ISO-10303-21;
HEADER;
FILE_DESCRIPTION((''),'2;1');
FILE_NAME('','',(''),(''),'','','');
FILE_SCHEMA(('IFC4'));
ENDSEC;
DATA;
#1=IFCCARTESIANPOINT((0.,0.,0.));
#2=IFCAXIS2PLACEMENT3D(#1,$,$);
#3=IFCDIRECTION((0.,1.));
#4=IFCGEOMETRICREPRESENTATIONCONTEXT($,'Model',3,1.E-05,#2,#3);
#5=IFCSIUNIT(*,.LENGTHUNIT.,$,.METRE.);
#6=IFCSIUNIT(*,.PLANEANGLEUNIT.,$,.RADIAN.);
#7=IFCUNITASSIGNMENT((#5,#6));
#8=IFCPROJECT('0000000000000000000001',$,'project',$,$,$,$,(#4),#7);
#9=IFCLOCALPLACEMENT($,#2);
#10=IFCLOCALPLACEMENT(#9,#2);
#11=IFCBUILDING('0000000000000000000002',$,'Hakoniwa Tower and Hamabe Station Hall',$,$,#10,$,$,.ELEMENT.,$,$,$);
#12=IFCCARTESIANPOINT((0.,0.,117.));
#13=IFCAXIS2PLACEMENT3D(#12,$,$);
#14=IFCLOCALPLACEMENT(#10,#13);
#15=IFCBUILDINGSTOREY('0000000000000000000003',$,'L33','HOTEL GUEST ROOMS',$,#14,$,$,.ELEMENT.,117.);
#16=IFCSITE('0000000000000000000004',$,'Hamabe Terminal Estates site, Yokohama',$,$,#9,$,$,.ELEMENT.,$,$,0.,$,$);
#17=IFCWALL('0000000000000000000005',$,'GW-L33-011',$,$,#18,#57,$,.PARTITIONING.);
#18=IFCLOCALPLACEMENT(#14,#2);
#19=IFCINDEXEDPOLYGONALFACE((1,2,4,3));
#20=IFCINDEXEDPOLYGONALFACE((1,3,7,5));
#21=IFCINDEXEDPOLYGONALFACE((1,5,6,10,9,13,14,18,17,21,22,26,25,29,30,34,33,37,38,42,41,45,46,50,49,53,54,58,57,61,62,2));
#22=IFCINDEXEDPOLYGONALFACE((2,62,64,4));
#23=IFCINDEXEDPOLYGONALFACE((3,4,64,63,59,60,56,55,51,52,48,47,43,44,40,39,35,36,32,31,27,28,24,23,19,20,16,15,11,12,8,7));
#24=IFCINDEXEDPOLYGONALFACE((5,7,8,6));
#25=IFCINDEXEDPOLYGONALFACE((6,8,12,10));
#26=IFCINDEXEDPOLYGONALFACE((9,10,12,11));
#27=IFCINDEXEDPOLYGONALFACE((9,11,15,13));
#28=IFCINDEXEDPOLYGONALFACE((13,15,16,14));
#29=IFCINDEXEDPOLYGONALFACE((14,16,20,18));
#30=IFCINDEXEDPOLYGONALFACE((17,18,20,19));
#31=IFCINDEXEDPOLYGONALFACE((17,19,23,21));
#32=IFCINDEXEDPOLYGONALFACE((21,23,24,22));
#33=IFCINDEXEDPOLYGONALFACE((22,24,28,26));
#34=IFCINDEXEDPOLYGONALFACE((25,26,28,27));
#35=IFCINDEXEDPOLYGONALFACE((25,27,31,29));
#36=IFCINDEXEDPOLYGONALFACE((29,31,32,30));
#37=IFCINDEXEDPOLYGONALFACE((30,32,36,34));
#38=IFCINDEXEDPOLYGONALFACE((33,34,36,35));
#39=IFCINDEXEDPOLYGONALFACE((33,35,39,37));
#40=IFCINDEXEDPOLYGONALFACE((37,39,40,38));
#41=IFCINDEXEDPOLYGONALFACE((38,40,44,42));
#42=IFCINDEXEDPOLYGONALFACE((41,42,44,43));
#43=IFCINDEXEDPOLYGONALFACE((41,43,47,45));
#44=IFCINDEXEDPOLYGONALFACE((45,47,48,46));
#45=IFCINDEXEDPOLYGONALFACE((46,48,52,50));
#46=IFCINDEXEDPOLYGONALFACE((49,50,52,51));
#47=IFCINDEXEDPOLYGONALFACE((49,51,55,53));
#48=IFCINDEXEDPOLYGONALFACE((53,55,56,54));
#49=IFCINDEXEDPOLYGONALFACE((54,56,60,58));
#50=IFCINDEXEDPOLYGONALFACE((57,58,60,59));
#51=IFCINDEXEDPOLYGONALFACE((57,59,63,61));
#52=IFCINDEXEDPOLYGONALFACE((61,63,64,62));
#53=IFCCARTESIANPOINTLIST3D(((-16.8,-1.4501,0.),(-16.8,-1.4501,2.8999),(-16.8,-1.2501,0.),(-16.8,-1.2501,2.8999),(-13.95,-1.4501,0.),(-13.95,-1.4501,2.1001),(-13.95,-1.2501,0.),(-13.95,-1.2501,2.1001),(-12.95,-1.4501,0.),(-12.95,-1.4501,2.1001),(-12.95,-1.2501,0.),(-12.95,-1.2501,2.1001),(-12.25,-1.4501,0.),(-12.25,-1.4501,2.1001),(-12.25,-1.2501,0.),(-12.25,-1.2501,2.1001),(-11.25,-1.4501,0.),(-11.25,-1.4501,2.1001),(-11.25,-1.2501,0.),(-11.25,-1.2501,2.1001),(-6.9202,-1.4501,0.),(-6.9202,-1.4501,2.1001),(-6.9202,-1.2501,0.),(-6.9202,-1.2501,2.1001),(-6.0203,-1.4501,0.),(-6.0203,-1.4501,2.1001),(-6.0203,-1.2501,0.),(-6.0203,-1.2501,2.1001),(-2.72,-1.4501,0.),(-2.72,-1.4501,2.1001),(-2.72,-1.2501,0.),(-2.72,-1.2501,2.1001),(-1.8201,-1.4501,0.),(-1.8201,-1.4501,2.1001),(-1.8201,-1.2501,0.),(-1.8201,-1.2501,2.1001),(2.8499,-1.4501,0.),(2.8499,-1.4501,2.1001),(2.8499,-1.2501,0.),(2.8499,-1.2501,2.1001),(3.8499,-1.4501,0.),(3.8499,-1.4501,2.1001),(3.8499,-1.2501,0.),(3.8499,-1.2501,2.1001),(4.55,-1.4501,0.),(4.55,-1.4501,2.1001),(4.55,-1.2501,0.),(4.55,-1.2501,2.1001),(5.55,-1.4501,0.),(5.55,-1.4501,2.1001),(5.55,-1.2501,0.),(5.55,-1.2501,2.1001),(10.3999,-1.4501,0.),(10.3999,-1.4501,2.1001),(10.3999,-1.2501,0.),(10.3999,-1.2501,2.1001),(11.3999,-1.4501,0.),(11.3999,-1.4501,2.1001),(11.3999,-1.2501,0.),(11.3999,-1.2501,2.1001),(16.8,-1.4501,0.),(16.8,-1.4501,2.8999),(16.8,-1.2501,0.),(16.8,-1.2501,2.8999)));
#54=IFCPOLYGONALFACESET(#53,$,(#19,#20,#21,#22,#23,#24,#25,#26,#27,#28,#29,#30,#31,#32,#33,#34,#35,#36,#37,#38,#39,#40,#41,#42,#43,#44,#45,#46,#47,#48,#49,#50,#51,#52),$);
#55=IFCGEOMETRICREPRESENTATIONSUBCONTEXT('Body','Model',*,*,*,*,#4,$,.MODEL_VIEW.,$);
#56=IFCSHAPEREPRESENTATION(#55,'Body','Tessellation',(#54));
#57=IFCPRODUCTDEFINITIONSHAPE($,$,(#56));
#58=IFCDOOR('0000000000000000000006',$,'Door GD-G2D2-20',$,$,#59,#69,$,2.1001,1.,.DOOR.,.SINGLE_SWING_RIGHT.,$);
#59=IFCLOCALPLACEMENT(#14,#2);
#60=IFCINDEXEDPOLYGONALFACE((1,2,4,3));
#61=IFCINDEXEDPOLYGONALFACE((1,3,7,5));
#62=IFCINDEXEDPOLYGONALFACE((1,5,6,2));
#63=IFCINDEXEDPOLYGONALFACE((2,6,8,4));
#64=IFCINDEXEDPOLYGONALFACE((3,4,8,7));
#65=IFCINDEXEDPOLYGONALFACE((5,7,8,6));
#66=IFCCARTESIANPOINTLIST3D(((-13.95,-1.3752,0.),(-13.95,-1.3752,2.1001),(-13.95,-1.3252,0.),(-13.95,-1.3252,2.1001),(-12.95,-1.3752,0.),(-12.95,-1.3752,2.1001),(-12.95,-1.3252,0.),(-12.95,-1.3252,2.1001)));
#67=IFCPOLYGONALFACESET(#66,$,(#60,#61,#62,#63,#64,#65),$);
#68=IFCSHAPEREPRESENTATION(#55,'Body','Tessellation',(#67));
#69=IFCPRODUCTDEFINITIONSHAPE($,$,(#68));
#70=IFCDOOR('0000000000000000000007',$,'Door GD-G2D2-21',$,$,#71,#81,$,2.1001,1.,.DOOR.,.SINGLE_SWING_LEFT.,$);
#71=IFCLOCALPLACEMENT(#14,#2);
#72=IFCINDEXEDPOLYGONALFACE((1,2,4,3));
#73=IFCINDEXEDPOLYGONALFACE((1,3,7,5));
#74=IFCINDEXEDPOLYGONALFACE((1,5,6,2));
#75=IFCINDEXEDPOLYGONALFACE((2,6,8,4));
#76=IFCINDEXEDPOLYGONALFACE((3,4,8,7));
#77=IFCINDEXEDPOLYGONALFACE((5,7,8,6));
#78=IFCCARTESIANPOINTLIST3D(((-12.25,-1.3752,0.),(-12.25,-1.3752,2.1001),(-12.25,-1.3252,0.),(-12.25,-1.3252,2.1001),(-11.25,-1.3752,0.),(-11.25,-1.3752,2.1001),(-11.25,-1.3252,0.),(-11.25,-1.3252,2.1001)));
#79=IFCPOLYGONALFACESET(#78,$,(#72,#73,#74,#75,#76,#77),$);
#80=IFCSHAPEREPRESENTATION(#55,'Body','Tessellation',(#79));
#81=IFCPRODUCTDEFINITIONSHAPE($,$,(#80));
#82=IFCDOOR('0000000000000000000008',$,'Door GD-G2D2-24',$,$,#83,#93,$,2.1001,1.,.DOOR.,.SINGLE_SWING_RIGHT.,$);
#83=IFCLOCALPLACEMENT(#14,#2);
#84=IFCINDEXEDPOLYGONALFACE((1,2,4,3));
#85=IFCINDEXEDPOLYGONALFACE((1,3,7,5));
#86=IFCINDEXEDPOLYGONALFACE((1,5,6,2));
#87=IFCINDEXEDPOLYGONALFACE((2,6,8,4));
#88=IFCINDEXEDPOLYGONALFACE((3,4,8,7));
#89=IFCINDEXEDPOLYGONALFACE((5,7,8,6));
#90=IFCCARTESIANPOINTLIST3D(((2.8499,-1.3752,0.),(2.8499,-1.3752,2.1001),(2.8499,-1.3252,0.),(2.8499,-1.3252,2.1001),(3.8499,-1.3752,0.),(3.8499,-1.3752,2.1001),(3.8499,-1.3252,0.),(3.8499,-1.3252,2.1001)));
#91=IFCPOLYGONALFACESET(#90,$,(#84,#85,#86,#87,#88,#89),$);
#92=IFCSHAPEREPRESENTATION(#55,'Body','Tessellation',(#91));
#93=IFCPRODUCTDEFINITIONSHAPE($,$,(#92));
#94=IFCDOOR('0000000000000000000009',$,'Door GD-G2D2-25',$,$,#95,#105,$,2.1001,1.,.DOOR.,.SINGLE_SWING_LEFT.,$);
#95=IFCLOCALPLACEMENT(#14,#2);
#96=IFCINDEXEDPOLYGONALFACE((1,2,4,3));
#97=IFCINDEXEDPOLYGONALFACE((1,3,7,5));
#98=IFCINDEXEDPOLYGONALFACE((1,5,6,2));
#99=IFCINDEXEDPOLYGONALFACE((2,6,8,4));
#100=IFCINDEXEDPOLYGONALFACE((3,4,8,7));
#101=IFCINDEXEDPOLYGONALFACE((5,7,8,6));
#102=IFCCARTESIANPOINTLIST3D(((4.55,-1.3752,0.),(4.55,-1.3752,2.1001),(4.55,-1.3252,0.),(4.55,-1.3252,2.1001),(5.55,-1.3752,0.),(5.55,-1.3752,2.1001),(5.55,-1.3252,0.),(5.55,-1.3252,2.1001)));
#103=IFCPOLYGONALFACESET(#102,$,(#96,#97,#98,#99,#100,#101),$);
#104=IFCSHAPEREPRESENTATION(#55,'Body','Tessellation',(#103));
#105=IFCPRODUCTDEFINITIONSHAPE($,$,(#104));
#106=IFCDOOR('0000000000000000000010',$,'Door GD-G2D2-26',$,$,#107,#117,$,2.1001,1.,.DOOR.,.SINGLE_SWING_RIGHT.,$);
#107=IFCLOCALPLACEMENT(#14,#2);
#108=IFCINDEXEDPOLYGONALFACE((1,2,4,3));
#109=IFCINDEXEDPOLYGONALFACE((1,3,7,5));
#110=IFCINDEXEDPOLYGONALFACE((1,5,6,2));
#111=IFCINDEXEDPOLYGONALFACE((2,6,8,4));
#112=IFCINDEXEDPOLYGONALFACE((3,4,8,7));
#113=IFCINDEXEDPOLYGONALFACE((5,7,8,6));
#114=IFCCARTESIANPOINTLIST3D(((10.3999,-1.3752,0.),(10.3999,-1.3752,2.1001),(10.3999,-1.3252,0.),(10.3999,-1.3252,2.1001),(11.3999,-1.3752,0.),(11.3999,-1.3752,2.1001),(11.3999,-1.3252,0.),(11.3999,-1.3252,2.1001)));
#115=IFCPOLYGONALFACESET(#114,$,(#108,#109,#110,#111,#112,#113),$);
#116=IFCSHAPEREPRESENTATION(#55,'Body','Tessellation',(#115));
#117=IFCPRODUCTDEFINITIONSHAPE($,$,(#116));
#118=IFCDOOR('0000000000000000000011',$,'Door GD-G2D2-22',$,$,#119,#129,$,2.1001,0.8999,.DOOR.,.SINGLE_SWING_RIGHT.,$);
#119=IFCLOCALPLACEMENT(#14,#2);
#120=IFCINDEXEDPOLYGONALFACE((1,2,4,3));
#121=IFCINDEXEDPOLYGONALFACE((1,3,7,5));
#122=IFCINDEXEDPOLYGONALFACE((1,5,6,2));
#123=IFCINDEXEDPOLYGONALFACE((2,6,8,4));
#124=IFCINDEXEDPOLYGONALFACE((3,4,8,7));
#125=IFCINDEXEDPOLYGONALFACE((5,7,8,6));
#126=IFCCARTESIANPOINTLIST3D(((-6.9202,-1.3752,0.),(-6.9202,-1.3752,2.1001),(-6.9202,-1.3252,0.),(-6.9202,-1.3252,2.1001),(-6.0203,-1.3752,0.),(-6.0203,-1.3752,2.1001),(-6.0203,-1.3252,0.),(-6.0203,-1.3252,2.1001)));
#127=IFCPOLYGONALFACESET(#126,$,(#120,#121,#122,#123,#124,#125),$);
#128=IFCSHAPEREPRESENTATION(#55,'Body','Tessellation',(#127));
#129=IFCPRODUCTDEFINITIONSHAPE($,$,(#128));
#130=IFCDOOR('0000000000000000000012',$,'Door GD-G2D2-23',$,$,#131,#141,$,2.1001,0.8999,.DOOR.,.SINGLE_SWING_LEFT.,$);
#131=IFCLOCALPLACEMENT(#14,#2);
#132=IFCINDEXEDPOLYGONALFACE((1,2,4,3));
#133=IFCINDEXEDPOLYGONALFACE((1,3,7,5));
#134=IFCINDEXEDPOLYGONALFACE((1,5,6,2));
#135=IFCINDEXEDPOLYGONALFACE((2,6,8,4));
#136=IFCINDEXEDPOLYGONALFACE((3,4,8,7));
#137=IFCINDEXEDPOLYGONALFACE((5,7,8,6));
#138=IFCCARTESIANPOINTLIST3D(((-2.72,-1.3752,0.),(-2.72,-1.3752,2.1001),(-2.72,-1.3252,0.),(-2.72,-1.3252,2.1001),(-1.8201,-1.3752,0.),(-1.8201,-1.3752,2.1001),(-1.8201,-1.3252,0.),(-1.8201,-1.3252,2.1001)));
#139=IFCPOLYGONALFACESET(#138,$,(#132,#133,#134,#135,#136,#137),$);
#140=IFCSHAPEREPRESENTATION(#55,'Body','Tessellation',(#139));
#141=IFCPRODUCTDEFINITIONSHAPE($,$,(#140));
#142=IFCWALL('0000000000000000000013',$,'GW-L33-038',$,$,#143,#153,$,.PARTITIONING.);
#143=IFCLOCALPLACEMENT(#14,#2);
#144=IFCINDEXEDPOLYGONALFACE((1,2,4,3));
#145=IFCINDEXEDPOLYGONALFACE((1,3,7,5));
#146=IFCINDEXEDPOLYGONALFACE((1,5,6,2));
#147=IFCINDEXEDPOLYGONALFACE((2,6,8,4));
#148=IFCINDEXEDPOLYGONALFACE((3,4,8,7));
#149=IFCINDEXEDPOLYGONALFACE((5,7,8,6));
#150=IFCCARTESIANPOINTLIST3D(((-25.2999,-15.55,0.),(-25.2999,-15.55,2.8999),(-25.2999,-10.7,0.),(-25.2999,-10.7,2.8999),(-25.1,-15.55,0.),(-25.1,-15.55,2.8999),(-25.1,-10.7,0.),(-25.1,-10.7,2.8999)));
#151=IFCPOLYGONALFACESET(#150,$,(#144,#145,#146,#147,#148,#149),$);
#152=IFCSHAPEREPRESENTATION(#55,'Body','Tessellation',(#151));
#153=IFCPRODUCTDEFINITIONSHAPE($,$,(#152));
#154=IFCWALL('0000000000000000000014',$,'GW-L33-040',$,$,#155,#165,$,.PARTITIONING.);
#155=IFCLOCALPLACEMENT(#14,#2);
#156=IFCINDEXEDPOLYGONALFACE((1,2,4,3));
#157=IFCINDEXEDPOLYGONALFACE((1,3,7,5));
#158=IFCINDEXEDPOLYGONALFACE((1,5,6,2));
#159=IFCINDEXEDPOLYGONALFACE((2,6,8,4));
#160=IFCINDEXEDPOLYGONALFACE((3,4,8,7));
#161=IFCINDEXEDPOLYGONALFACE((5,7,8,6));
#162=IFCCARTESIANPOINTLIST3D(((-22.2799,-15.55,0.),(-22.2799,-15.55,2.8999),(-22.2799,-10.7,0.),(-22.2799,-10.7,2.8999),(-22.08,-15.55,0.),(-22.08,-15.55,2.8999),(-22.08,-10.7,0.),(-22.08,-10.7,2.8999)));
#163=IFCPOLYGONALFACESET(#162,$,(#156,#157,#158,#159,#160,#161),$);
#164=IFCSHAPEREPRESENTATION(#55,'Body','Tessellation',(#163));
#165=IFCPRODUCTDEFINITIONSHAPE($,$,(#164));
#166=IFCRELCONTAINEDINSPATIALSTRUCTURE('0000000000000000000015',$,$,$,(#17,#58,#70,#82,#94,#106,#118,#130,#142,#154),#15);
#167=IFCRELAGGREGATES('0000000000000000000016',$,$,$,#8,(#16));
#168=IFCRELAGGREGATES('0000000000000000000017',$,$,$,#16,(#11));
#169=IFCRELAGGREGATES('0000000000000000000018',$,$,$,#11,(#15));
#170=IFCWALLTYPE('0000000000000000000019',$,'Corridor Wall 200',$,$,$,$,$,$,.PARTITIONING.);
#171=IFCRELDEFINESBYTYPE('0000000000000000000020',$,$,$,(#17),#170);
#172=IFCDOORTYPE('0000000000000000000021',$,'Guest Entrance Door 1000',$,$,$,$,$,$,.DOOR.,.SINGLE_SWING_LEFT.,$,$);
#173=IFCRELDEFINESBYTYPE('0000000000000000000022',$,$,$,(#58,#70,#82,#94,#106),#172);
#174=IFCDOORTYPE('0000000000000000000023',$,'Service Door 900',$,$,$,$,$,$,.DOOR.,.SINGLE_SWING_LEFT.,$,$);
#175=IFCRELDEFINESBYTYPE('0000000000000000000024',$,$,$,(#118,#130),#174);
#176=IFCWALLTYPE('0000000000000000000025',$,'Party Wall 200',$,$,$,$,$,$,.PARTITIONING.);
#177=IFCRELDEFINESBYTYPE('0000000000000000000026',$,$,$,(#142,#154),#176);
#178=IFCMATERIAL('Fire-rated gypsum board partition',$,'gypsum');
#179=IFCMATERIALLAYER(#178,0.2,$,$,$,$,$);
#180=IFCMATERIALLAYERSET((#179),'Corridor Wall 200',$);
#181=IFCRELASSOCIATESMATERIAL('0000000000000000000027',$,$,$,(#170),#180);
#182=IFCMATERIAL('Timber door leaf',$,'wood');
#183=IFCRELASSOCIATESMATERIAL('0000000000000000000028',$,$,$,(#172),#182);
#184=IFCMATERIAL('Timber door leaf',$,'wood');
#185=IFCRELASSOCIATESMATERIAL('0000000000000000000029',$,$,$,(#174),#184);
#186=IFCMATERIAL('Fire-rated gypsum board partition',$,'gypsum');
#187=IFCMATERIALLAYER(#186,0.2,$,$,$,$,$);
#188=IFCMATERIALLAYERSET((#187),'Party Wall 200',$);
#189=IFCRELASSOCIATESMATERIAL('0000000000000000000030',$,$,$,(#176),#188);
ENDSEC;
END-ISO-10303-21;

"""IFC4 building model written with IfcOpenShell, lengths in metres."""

from ifc_helpers import new_model, si_unit, direction, frame, frame_2d, origin, place, context, subcontext, project, spatial, rectangle, extrude, material, layer, layer_set, type_object, element, fill, save


model = new_model("IFC4")

# Units and contexts
model_context = context("Model", 3, precision=1e-05, world=origin(), true_north=direction((0.0, 1.0)))
body_context = subcontext(model_context, "Body", "Model", "MODEL_VIEW")
ifc_project = project(units=[si_unit("LENGTHUNIT", "METRE"), si_unit("PLANEANGLEUNIT", "RADIAN")], contexts=[model_context])

# Site, building, storey
site_placement = place(None, origin())
site = spatial("IfcSite", under=ifc_project, at=site_placement, Name="Hamabe Terminal Estates site, Yokohama", CompositionType="ELEMENT", RefElevation=0.0)
building_placement = place(site_placement, origin())
building = spatial("IfcBuilding", under=site, at=building_placement, Name="Hakoniwa Tower and Hamabe Station Hall", CompositionType="ELEMENT")
storey_placement = place(building_placement, frame((0.0, 0.0, 117.0)))
storey = spatial("IfcBuildingStorey", under=building, at=storey_placement, Name="L33", Description="HOTEL GUEST ROOMS", CompositionType="ELEMENT", Elevation=117.0)

# Wall, openings, doors
ifc_material_1 = material(Name="Fire-rated gypsum board partition", Category="gypsum")
ifc_layer_1 = layer(ifc_material_1, 0.2)
ifc_layer_set_1 = layer_set([ifc_layer_1], Name="Corridor Wall 200")
wall_type_1 = type_object("IfcWallType", Name="Corridor Wall 200", PredefinedType="PARTITIONING", material=ifc_layer_set_1)
wall_1_placement = place(storey_placement, frame((-16.8, -1.3501, 0.0), z_axis=(0.0, 0.0, 1.0), x_axis=(1.0, 0.0, 0.0)))
wall_1 = element("IfcWall", 1, at=wall_1_placement, inside=storey, type_object=wall_type_1, Name="GW-L33-011", PredefinedType="PARTITIONING", context=body_context, shape_type="SweptSolid", body=[
    extrude(rectangle(XDim=33.6001, YDim=0.2, at=frame_2d((16.8, 0.0))), origin(), (0.0, 0.0, 1.0), 2.8999),
])
opening_1_placement = place(wall_1_placement, frame((2.8501, 0.0, 0.0)))
opening_1 = element("IfcOpeningElement", 2, at=opening_1_placement, cuts=wall_1, PredefinedType="OPENING", context=body_context, shape_type="SweptSolid", body=[
    extrude(rectangle(XDim=1.0, YDim=2.1001, at=frame_2d((0.5, 1.05))), frame((0.0, 0.1099, 0.0), z_axis=(0.0, -1.0, 0.0), x_axis=(1.0, 0.0, 0.0)), (0.0, 0.0, 1.0), 0.22),
])
opening_2_placement = place(wall_1_placement, frame((4.55, 0.0, 0.0)))
opening_2 = element("IfcOpeningElement", 3, at=opening_2_placement, cuts=wall_1, PredefinedType="OPENING", context=body_context, shape_type="SweptSolid", body=[
    extrude(rectangle(XDim=1.0, YDim=2.1001, at=frame_2d((0.5, 1.05))), frame((0.0, 0.1099, 0.0), z_axis=(0.0, -1.0, 0.0), x_axis=(1.0, 0.0, 0.0)), (0.0, 0.0, 1.0), 0.22),
])
opening_3_placement = place(wall_1_placement, frame((9.8799, 0.0, 0.0)))
opening_3 = element("IfcOpeningElement", 4, at=opening_3_placement, cuts=wall_1, PredefinedType="OPENING", context=body_context, shape_type="SweptSolid", body=[
    extrude(rectangle(XDim=0.8999, YDim=2.1001, at=frame_2d((0.45, 1.05))), frame((0.0, 0.1099, 0.0), z_axis=(0.0, -1.0, 0.0), x_axis=(1.0, 0.0, 0.0)), (0.0, 0.0, 1.0), 0.22),
])
opening_4_placement = place(wall_1_placement, frame((14.0801, 0.0, 0.0)))
opening_4 = element("IfcOpeningElement", 5, at=opening_4_placement, cuts=wall_1, PredefinedType="OPENING", context=body_context, shape_type="SweptSolid", body=[
    extrude(rectangle(XDim=0.8999, YDim=2.1001, at=frame_2d((0.45, 1.05))), frame((0.0, 0.1099, 0.0), z_axis=(0.0, -1.0, 0.0), x_axis=(1.0, 0.0, 0.0)), (0.0, 0.0, 1.0), 0.22),
])
opening_5_placement = place(wall_1_placement, frame((19.6499, 0.0, 0.0)))
opening_5 = element("IfcOpeningElement", 6, at=opening_5_placement, cuts=wall_1, PredefinedType="OPENING", context=body_context, shape_type="SweptSolid", body=[
    extrude(rectangle(XDim=1.0, YDim=2.1001, at=frame_2d((0.5, 1.05))), frame((0.0, 0.1099, 0.0), z_axis=(0.0, -1.0, 0.0), x_axis=(1.0, 0.0, 0.0)), (0.0, 0.0, 1.0), 0.22),
])
opening_6_placement = place(wall_1_placement, frame((21.3501, 0.0, 0.0)))
opening_6 = element("IfcOpeningElement", 7, at=opening_6_placement, cuts=wall_1, PredefinedType="OPENING", context=body_context, shape_type="SweptSolid", body=[
    extrude(rectangle(XDim=1.0, YDim=2.1001, at=frame_2d((0.5, 1.05))), frame((0.0, 0.1099, 0.0), z_axis=(0.0, -1.0, 0.0), x_axis=(1.0, 0.0, 0.0)), (0.0, 0.0, 1.0), 0.22),
])
opening_7_placement = place(wall_1_placement, frame((27.2, 0.0, 0.0)))
opening_7 = element("IfcOpeningElement", 8, at=opening_7_placement, cuts=wall_1, PredefinedType="OPENING", context=body_context, shape_type="SweptSolid", body=[
    extrude(rectangle(XDim=1.0, YDim=2.1001, at=frame_2d((0.5, 1.05))), frame((0.0, 0.1099, 0.0), z_axis=(0.0, -1.0, 0.0), x_axis=(1.0, 0.0, 0.0)), (0.0, 0.0, 1.0), 0.22),
])
ifc_material_2 = material(Name="Timber door leaf", Category="wood")
door_type_1 = type_object("IfcDoorType", Name="Guest Entrance Door 1000", OperationType="SINGLE_SWING_LEFT", PredefinedType="DOOR", material=ifc_material_2)
door_1_placement = place(opening_1_placement, origin())
door_1 = element("IfcDoor", 9, at=door_1_placement, inside=storey, type_object=door_type_1, Name="Door GD-G2D2-20", OperationType="SINGLE_SWING_RIGHT", OverallHeight=2.1001, OverallWidth=1.0, PredefinedType="DOOR", context=body_context, shape_type="SweptSolid", body=[
    extrude(rectangle(XDim=1.0, YDim=2.1001, at=frame_2d((0.5, 1.05))), frame((0.0, 0.0249, 0.0), z_axis=(0.0, -1.0, 0.0), x_axis=(1.0, 0.0, 0.0)), (0.0, 0.0, 1.0), 0.05),
])
fill(opening_1, door_1)
door_2_placement = place(opening_2_placement, origin())
door_2 = element("IfcDoor", 10, at=door_2_placement, inside=storey, type_object=door_type_1, Name="Door GD-G2D2-21", OperationType="SINGLE_SWING_LEFT", OverallHeight=2.1001, OverallWidth=1.0, PredefinedType="DOOR", context=body_context, shape_type="SweptSolid", body=[
    extrude(rectangle(XDim=1.0, YDim=2.1001, at=frame_2d((0.5, 1.05))), frame((0.0, 0.0249, 0.0), z_axis=(0.0, -1.0, 0.0), x_axis=(1.0, 0.0, 0.0)), (0.0, 0.0, 1.0), 0.05),
])
fill(opening_2, door_2)
door_3_placement = place(opening_5_placement, origin())
door_3 = element("IfcDoor", 11, at=door_3_placement, inside=storey, type_object=door_type_1, Name="Door GD-G2D2-24", OperationType="SINGLE_SWING_RIGHT", OverallHeight=2.1001, OverallWidth=1.0, PredefinedType="DOOR", context=body_context, shape_type="SweptSolid", body=[
    extrude(rectangle(XDim=1.0, YDim=2.1001, at=frame_2d((0.5, 1.05))), frame((0.0, 0.0249, 0.0), z_axis=(0.0, -1.0, 0.0), x_axis=(1.0, 0.0, 0.0)), (0.0, 0.0, 1.0), 0.05),
])
fill(opening_5, door_3)
door_4_placement = place(opening_6_placement, origin())
door_4 = element("IfcDoor", 12, at=door_4_placement, inside=storey, type_object=door_type_1, Name="Door GD-G2D2-25", OperationType="SINGLE_SWING_LEFT", OverallHeight=2.1001, OverallWidth=1.0, PredefinedType="DOOR", context=body_context, shape_type="SweptSolid", body=[
    extrude(rectangle(XDim=1.0, YDim=2.1001, at=frame_2d((0.5, 1.05))), frame((0.0, 0.0249, 0.0), z_axis=(0.0, -1.0, 0.0), x_axis=(1.0, 0.0, 0.0)), (0.0, 0.0, 1.0), 0.05),
])
fill(opening_6, door_4)
door_5_placement = place(opening_7_placement, origin())
door_5 = element("IfcDoor", 13, at=door_5_placement, inside=storey, type_object=door_type_1, Name="Door GD-G2D2-26", OperationType="SINGLE_SWING_RIGHT", OverallHeight=2.1001, OverallWidth=1.0, PredefinedType="DOOR", context=body_context, shape_type="SweptSolid", body=[
    extrude(rectangle(XDim=1.0, YDim=2.1001, at=frame_2d((0.5, 1.05))), frame((0.0, 0.0249, 0.0), z_axis=(0.0, -1.0, 0.0), x_axis=(1.0, 0.0, 0.0)), (0.0, 0.0, 1.0), 0.05),
])
fill(opening_7, door_5)
ifc_material_3 = material(Name="Timber door leaf", Category="wood")
door_type_2 = type_object("IfcDoorType", Name="Service Door 900", OperationType="SINGLE_SWING_LEFT", PredefinedType="DOOR", material=ifc_material_3)
door_6_placement = place(opening_3_placement, origin())
door_6 = element("IfcDoor", 14, at=door_6_placement, inside=storey, type_object=door_type_2, Name="Door GD-G2D2-22", OperationType="SINGLE_SWING_RIGHT", OverallHeight=2.1001, OverallWidth=0.8999, PredefinedType="DOOR", context=body_context, shape_type="SweptSolid", body=[
    extrude(rectangle(XDim=0.8999, YDim=2.1001, at=frame_2d((0.45, 1.05))), frame((0.0, 0.0249, 0.0), z_axis=(0.0, -1.0, 0.0), x_axis=(1.0, 0.0, 0.0)), (0.0, 0.0, 1.0), 0.05),
])
fill(opening_3, door_6)
door_7_placement = place(opening_4_placement, origin())
door_7 = element("IfcDoor", 15, at=door_7_placement, inside=storey, type_object=door_type_2, Name="Door GD-G2D2-23", OperationType="SINGLE_SWING_LEFT", OverallHeight=2.1001, OverallWidth=0.8999, PredefinedType="DOOR", context=body_context, shape_type="SweptSolid", body=[
    extrude(rectangle(XDim=0.8999, YDim=2.1001, at=frame_2d((0.45, 1.05))), frame((0.0, 0.0249, 0.0), z_axis=(0.0, -1.0, 0.0), x_axis=(1.0, 0.0, 0.0)), (0.0, 0.0, 1.0), 0.05),
])
fill(opening_4, door_7)

# Walls
ifc_material_4 = material(Name="Fire-rated gypsum board partition", Category="gypsum")
ifc_layer_2 = layer(ifc_material_4, 0.2)
ifc_layer_set_2 = layer_set([ifc_layer_2], Name="Party Wall 200")
wall_type_2 = type_object("IfcWallType", Name="Party Wall 200", PredefinedType="PARTITIONING", material=ifc_layer_set_2)
for number, where, z_axis, x_axis, name in (
    (16, (-25.2, -15.55, 0.0), (0.0, 0.0, 1.0), (0.0, 1.0, 0.0), "GW-L33-038"),
    (17, (-22.1799, -15.55, 0.0), (0.0, 0.0, 1.0), (0.0, 1.0, 0.0), "GW-L33-040"),
):
    element("IfcWall", number, at=place(storey_placement, frame(where, z_axis=z_axis, x_axis=x_axis)), inside=storey, type_object=wall_type_2, Name=name, PredefinedType="PARTITIONING", context=body_context, shape_type="SweptSolid", body=[
        extrude(rectangle(XDim=4.8501, YDim=0.2, at=frame_2d((2.425, 0.0))), origin(), (0.0, 0.0, 1.0), 2.8999),
    ])

save(model, "model.ifc")
